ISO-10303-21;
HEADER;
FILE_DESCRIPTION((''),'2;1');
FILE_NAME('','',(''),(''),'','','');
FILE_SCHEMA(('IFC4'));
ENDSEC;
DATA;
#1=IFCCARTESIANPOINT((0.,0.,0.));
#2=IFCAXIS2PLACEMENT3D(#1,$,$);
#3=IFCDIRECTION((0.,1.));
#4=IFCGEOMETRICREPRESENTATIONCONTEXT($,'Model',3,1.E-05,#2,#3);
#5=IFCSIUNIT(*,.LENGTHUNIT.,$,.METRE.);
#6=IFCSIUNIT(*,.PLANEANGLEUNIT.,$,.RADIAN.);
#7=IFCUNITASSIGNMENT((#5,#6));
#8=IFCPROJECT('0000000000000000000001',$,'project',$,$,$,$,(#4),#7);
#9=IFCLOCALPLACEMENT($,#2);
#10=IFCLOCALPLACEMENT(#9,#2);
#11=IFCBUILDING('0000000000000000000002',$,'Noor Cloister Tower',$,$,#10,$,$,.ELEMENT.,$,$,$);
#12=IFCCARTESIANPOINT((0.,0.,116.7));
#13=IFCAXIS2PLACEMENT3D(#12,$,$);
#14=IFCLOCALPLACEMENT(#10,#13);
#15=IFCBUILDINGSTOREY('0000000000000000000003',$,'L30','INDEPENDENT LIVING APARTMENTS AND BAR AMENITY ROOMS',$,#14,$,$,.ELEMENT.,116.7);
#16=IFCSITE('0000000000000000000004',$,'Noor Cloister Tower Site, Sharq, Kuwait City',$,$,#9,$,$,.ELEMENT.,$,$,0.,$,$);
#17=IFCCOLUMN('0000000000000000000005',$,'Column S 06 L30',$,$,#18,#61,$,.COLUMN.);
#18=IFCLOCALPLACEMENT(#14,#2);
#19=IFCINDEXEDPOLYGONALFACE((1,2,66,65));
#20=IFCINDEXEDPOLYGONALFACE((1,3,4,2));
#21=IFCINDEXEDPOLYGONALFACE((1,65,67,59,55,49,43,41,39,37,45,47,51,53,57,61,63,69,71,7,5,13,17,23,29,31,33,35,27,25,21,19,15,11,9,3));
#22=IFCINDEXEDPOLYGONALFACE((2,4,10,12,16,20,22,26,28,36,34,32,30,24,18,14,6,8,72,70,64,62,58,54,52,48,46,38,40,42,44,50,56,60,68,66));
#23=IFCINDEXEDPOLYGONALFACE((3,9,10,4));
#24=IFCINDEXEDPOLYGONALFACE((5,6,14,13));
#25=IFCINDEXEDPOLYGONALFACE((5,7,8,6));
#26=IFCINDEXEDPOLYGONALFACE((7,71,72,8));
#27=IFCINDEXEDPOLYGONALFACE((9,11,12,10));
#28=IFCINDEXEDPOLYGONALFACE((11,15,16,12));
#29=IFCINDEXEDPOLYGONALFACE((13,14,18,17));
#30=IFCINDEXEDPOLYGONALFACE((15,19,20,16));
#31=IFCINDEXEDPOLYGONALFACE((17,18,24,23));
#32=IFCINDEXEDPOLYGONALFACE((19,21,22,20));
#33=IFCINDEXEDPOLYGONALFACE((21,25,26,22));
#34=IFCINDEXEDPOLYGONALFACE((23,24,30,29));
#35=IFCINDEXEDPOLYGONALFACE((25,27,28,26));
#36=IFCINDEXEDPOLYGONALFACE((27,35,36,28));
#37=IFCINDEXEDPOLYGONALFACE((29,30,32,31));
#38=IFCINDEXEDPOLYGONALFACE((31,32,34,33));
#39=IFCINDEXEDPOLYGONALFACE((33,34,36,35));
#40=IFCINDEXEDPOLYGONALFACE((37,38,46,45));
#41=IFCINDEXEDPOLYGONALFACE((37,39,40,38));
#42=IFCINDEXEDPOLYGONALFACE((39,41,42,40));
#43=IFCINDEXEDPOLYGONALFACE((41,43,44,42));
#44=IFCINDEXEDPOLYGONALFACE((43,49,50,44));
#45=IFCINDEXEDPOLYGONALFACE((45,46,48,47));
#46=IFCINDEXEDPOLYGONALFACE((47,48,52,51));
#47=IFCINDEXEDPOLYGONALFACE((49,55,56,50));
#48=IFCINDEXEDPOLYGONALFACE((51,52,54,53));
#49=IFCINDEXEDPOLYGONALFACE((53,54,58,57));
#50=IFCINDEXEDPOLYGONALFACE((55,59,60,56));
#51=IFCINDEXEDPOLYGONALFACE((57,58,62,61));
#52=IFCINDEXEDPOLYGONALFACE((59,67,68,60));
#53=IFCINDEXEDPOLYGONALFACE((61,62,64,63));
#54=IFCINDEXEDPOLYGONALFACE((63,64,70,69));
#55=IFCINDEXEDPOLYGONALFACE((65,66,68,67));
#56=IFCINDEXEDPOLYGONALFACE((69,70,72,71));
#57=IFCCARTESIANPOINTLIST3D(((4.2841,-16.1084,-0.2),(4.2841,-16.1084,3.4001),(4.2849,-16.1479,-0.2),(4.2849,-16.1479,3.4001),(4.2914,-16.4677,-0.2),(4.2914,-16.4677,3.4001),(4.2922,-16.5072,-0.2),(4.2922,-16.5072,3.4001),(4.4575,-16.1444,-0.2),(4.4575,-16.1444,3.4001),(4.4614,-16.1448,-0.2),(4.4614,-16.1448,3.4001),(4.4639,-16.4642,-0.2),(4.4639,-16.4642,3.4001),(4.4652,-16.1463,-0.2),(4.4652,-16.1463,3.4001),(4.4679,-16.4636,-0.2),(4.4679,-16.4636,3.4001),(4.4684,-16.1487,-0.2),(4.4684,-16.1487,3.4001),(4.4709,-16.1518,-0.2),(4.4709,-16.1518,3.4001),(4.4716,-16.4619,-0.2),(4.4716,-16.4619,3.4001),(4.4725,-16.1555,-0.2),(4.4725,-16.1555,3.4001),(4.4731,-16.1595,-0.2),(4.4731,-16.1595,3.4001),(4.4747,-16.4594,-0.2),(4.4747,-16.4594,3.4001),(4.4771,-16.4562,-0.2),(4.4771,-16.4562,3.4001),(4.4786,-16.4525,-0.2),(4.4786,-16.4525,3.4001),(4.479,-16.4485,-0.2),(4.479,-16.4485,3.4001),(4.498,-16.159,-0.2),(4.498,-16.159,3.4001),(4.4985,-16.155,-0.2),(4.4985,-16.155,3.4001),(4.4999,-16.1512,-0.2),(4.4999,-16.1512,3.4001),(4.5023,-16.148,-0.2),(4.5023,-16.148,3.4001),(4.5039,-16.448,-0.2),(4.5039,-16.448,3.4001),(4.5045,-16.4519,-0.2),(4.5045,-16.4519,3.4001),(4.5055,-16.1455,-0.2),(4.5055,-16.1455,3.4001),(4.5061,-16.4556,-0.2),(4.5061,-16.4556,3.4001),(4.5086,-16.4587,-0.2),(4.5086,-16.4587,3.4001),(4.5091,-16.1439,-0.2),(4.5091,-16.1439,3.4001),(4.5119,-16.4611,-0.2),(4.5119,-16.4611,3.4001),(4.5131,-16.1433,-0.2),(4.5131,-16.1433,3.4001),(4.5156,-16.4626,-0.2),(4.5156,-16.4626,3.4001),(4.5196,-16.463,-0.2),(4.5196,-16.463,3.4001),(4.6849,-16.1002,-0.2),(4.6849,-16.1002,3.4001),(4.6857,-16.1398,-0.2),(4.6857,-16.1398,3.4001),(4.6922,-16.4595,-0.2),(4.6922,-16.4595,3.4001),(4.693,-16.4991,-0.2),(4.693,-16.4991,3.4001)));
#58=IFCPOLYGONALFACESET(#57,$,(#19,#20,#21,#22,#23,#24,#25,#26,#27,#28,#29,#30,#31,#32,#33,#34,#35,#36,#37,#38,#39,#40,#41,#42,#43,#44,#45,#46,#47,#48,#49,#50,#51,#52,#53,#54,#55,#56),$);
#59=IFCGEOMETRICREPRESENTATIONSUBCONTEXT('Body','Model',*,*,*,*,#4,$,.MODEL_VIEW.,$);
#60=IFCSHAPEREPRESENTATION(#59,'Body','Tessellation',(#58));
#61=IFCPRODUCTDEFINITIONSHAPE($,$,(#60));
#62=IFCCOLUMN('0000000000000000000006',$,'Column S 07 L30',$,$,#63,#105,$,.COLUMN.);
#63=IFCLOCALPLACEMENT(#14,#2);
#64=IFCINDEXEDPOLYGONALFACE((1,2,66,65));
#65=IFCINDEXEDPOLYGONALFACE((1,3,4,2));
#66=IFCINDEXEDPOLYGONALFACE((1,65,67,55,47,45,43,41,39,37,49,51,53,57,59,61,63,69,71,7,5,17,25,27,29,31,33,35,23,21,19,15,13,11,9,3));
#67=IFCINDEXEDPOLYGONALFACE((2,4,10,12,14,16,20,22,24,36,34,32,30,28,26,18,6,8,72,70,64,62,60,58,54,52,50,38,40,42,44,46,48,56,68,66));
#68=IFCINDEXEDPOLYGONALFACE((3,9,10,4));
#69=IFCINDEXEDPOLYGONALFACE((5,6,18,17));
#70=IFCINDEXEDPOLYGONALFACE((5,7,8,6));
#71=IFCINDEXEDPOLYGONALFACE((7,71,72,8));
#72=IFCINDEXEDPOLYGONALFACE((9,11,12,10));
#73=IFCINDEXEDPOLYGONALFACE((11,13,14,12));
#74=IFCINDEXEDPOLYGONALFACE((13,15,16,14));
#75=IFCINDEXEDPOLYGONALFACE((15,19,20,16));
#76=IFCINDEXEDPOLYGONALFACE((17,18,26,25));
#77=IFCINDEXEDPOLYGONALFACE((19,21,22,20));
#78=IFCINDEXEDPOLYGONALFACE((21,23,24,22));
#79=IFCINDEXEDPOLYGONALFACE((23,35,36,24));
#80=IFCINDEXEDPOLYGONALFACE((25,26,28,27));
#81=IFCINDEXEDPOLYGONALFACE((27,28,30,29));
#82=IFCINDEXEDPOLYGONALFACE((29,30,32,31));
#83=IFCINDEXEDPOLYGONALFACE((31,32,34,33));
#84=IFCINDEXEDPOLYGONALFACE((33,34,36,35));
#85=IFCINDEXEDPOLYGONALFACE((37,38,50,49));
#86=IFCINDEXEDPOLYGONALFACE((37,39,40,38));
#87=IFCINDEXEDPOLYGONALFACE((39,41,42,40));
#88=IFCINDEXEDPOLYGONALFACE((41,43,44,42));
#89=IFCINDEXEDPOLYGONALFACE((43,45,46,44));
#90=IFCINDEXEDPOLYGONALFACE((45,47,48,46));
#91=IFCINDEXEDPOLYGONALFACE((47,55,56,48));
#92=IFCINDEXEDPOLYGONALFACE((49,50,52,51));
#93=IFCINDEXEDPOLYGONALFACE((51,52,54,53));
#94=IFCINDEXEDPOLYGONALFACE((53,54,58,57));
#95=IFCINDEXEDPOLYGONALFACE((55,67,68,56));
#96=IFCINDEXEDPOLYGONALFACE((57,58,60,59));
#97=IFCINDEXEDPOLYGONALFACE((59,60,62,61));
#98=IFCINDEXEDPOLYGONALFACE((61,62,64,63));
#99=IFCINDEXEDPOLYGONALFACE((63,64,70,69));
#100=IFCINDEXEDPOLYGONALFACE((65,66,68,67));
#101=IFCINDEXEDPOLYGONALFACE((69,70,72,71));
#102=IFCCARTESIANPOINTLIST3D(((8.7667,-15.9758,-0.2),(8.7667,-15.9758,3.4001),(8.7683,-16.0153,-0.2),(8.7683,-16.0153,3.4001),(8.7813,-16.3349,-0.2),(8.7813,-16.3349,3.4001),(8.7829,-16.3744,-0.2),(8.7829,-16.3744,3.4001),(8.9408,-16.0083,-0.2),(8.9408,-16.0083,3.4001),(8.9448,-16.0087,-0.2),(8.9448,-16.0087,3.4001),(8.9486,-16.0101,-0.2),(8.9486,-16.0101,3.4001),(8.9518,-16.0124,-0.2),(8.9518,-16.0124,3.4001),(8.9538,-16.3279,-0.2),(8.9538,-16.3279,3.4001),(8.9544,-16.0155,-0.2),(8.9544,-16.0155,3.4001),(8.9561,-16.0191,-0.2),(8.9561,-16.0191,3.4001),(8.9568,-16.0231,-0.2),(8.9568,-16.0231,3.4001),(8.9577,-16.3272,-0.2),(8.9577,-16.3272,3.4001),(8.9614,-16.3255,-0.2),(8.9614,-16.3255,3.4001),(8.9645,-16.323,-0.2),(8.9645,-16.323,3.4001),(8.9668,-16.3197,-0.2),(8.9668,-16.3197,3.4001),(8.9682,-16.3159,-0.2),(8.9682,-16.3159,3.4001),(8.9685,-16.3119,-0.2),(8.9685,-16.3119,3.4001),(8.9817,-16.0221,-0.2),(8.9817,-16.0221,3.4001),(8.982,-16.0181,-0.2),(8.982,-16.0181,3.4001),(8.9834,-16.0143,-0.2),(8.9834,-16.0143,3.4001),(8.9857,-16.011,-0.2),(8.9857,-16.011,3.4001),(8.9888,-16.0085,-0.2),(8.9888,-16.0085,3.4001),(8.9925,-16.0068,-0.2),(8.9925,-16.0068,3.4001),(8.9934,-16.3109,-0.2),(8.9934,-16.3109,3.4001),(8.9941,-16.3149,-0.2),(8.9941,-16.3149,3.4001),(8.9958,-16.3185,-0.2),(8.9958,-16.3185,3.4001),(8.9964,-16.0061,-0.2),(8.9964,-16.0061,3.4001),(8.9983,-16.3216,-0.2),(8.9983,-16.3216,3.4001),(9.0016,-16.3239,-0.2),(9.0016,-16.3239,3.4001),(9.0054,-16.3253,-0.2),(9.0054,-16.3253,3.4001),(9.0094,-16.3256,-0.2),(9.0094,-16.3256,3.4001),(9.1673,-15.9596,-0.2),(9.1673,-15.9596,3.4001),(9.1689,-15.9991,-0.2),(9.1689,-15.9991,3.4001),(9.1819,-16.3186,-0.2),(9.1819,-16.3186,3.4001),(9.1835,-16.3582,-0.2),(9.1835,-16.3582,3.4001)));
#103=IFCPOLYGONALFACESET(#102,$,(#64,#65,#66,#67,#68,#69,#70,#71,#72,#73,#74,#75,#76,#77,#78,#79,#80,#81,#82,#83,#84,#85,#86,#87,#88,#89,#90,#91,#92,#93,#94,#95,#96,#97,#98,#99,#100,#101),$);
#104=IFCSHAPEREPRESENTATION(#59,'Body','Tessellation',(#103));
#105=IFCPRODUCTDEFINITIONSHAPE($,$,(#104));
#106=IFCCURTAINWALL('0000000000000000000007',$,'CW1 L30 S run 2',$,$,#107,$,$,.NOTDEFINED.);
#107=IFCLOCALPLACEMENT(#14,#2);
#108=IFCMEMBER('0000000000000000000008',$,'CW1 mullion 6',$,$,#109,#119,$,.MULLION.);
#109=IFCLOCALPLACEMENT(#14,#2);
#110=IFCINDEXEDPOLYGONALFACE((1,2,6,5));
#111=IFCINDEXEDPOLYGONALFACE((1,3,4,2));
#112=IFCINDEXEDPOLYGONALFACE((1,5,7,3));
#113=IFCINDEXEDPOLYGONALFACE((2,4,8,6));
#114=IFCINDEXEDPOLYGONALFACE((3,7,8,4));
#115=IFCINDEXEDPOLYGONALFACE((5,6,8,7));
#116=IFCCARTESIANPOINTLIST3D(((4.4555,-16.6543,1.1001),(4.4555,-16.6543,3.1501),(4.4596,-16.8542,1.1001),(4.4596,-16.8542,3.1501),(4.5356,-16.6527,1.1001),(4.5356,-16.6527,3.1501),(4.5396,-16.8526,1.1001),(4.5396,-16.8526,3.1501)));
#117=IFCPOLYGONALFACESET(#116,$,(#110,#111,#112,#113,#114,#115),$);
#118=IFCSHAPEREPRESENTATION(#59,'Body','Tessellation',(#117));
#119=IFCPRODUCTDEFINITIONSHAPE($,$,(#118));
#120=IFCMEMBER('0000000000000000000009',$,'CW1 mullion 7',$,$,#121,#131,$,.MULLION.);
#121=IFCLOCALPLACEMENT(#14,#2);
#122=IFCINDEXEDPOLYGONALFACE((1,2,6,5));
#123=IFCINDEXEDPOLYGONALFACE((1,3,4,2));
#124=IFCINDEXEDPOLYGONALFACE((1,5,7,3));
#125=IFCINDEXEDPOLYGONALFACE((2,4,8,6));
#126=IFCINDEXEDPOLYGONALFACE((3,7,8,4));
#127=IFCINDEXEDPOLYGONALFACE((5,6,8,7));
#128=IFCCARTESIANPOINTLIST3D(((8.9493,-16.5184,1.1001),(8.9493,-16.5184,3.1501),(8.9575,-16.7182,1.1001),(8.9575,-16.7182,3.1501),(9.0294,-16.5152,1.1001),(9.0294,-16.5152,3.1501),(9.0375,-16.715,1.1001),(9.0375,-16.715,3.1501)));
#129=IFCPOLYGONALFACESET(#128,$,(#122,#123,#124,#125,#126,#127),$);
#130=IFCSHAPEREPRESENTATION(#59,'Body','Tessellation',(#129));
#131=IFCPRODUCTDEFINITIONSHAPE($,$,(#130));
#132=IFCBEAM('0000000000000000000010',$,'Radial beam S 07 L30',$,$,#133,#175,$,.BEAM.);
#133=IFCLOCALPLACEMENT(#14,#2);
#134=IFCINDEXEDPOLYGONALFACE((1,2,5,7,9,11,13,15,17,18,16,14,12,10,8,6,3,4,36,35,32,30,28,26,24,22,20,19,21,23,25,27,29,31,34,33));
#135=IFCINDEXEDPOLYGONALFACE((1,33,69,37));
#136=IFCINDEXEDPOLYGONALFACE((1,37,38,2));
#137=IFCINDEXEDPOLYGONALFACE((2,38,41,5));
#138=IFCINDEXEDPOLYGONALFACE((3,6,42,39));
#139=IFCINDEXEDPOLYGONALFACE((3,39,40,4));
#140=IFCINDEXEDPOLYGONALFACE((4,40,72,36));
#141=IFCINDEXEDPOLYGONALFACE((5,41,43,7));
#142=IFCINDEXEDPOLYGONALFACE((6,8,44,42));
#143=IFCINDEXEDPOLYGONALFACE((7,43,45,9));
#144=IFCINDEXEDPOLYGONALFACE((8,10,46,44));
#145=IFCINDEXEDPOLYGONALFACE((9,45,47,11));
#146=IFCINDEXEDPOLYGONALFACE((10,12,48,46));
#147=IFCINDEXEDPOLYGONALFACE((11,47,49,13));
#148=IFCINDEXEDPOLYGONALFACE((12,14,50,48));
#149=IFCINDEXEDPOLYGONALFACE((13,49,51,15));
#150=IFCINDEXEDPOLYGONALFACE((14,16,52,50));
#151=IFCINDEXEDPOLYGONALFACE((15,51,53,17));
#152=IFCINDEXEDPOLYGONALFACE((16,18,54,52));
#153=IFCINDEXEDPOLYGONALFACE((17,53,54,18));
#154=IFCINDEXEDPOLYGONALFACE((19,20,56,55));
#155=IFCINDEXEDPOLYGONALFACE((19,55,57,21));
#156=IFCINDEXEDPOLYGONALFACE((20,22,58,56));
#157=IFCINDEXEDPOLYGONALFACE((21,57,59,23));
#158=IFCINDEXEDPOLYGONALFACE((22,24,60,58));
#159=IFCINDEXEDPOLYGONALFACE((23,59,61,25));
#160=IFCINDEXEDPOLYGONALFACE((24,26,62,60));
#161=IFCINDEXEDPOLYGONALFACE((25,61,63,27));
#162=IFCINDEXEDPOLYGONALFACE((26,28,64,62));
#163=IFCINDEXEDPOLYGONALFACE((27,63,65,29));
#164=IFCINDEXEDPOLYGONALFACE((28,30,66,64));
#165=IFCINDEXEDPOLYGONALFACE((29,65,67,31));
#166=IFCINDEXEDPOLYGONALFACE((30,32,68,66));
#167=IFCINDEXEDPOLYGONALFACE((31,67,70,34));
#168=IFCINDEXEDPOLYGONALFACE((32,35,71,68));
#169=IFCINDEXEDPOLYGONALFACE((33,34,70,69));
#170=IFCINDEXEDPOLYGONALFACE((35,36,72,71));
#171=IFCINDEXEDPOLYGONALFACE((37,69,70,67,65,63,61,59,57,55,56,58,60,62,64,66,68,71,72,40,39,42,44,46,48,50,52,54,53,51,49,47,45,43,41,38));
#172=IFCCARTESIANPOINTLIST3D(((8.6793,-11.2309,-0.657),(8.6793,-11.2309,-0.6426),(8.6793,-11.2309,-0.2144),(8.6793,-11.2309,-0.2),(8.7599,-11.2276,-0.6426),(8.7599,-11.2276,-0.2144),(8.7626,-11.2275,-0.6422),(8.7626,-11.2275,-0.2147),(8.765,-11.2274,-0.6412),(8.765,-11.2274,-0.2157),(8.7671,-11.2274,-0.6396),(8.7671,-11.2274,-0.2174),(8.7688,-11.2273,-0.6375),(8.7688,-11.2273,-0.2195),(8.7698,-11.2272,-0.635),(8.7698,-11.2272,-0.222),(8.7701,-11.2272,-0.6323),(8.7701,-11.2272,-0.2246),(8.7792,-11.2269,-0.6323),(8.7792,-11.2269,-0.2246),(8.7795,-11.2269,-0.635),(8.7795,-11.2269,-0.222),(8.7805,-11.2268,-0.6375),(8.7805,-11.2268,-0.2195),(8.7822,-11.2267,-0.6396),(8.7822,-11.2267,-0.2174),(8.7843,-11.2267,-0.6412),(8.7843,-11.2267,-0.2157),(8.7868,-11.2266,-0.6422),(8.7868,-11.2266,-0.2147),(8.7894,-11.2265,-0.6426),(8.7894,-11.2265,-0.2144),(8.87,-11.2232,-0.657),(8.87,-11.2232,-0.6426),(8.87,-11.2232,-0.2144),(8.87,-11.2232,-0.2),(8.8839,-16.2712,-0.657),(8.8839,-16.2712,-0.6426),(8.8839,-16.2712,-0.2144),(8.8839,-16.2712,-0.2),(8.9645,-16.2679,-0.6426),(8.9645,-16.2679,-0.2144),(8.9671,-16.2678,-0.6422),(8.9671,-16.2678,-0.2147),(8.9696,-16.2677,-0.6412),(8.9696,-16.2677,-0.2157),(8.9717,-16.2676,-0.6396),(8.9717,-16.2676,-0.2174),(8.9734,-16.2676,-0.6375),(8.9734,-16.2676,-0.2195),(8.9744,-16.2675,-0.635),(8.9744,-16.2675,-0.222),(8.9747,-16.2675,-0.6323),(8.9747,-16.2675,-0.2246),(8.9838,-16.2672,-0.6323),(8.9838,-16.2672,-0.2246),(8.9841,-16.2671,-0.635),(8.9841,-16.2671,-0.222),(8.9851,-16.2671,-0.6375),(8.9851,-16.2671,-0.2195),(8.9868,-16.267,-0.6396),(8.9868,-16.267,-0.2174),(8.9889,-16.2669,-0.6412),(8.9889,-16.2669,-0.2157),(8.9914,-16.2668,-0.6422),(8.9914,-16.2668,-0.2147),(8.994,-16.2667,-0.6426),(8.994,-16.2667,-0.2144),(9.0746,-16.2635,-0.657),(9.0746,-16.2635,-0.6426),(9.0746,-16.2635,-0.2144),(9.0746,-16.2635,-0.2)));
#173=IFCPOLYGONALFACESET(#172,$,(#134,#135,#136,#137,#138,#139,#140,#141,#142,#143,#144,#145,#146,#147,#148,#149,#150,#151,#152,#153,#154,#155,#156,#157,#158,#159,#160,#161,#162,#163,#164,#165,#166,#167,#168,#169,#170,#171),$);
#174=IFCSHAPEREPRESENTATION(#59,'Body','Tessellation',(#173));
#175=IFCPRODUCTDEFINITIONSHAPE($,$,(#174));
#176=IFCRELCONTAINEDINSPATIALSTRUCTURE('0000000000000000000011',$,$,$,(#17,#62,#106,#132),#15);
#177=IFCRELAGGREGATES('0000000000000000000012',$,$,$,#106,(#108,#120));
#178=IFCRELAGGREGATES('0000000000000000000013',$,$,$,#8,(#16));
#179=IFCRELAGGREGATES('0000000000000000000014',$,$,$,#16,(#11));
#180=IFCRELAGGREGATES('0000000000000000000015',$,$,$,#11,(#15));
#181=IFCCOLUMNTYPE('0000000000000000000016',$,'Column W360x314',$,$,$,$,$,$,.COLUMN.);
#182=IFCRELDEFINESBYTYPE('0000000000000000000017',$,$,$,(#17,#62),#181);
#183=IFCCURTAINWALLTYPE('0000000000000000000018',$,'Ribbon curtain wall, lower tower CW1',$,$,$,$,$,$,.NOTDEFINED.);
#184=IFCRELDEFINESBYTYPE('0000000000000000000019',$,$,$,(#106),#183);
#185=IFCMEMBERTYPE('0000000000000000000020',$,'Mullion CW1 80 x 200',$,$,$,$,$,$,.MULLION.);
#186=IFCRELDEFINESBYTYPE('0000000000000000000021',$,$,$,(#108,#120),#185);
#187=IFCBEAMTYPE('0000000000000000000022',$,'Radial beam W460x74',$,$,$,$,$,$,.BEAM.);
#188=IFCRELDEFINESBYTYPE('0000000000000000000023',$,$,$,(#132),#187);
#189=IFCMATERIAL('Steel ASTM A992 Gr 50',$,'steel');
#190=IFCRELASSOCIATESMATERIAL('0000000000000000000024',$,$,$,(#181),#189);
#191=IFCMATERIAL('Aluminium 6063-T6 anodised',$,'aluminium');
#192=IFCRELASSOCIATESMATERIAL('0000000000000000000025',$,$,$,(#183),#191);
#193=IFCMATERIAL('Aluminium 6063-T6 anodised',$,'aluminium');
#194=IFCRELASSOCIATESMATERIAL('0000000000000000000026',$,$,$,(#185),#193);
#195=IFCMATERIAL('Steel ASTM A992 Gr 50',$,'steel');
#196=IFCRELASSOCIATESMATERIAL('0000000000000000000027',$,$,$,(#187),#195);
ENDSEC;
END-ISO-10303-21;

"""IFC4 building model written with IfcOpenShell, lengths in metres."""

from ifc_helpers import new_model, si_unit, direction, frame, origin, origin_2d, place, context, subcontext, project, spatial, rectangle, i_section, extrude, material, material_profile, profile_set, type_object, element, aggregate, save


model = new_model("IFC4")

# Units and contexts
model_context = context("Model", 3, precision=1e-05, world=origin(), true_north=direction((0.0, 1.0)))
body_context = subcontext(model_context, "Body", "Model", "MODEL_VIEW")
ifc_project = project(units=[si_unit("LENGTHUNIT", "METRE"), si_unit("PLANEANGLEUNIT", "RADIAN")], contexts=[model_context])

# Site, building, storey
site_placement = place(None, origin())
site = spatial("IfcSite", under=ifc_project, at=site_placement, Name="Noor Cloister Tower Site, Sharq, Kuwait City", CompositionType="ELEMENT", RefElevation=0.0)
building_placement = place(site_placement, origin())
building = spatial("IfcBuilding", under=site, at=building_placement, Name="Noor Cloister Tower", CompositionType="ELEMENT")
storey_placement = place(building_placement, frame((0.0, 0.0, 116.7)))
storey = spatial("IfcBuildingStorey", under=building, at=storey_placement, Name="L30", Description="INDEPENDENT LIVING APARTMENTS AND BAR AMENITY ROOMS", CompositionType="ELEMENT", Elevation=116.7)

# Columns
ifc_material_1 = material(Name="Steel ASTM A992 Gr 50", Category="steel")
ifc_material_profile_1 = material_profile(ifc_material_1, i_section(OverallWidth=0.4009, OverallDepth=0.3989, WebThickness=0.0249, FlangeThickness=0.0396, FilletRadius=0.0154, at=origin_2d()), Name="W360x314")
ifc_profile_set_1 = profile_set([ifc_material_profile_1], Name="Steel ASTM A992 Gr 50")
column_type = type_object("IfcColumnType", Name="Column W360x314", PredefinedType="COLUMN", material=ifc_profile_set_1)
for number, where, z_axis, x_axis, name in (
    (1, (4.4885, -16.3037, -0.2), (0.0, 0.0, 1.0), (0.999794, 0.020293, 0.0), "Column S 06 L30"),
    (2, (8.9751, -16.167, -0.2), (0.0, 0.0, 1.0), (0.999176, 0.040578, 0.0), "Column S 07 L30"),
):
    element("IfcColumn", number, at=place(storey_placement, frame(where, z_axis=z_axis, x_axis=x_axis)), inside=storey, type_object=column_type, Name=name, PredefinedType="COLUMN", context=body_context, shape_type="SweptSolid", body=[
        extrude(i_section(OverallWidth=0.4009, OverallDepth=0.3989, WebThickness=0.0249, FlangeThickness=0.0396, FilletRadius=0.0154, at=origin_2d()), origin(), (0.0, 0.0, 1.0), 3.6001),
    ])

# Curtain wall, members
ifc_material_2 = material(Name="Aluminium 6063-T6 anodised", Category="aluminium")
curtain_wall_type = type_object("IfcCurtainWallType", Name="Ribbon curtain wall, lower tower CW1", PredefinedType="NOTDEFINED", material=ifc_material_2)
curtain_wall_placement = place(storey_placement, origin())
curtain_wall = element("IfcCurtainWall", 3, at=curtain_wall_placement, inside=storey, type_object=curtain_wall_type, Name="CW1 L30 S run 2", PredefinedType="NOTDEFINED")
ifc_material_3 = material(Name="Aluminium 6063-T6 anodised", Category="aluminium")
ifc_material_profile_2 = material_profile(ifc_material_3, rectangle(XDim=0.2, YDim=0.0801, at=origin_2d()), Name="200 x 80 mullion")
ifc_profile_set_2 = profile_set([ifc_material_profile_2], Name="Aluminium 6063-T6 anodised")
member_type = type_object("IfcMemberType", Name="Mullion CW1 80 x 200", PredefinedType="MULLION", material=ifc_profile_set_2)
member_1_placement = place(storey_placement, frame((4.4976, -16.7534, 1.1001), z_axis=(0.0, 0.0, 1.0), x_axis=(-0.020293, 0.999794, 0.0)))
member_1 = element("IfcMember", 4, at=member_1_placement, type_object=member_type, Name="CW1 mullion 6", PredefinedType="MULLION", context=body_context, shape_type="SweptSolid", body=[
    extrude(rectangle(XDim=0.2, YDim=0.0801, at=origin_2d()), origin(), (0.0, 0.0, 1.0), 2.05),
])
member_2_placement = place(storey_placement, frame((8.9934, -16.6167, 1.1001), z_axis=(0.0, 0.0, 1.0), x_axis=(-0.040578, 0.999176, 0.0)))
member_2 = element("IfcMember", 5, at=member_2_placement, type_object=member_type, Name="CW1 mullion 7", PredefinedType="MULLION", context=body_context, shape_type="SweptSolid", body=[
    extrude(rectangle(XDim=0.2, YDim=0.0801, at=origin_2d()), origin(), (0.0, 0.0, 1.0), 2.05),
])

# Beam
ifc_material_4 = material(Name="Steel ASTM A992 Gr 50", Category="steel")
ifc_material_profile_3 = material_profile(ifc_material_4, i_section(OverallWidth=0.1909, OverallDepth=0.457, WebThickness=0.009, FlangeThickness=0.0144, FilletRadius=0.0103, at=origin_2d()), Name="W460x74")
ifc_profile_set_3 = profile_set([ifc_material_profile_3], Name="Steel ASTM A992 Gr 50")
beam_type_1 = type_object("IfcBeamType", Name="Radial beam W460x74", PredefinedType="BEAM", material=ifc_profile_set_3)
beam_1_placement = place(storey_placement, frame((8.9792, -16.2673, -0.4285), z_axis=(-0.040558, 0.999177, 0.0), x_axis=(-0.999177, -0.040558, 0.0)))
element("IfcBeam", 6, at=beam_1_placement, inside=storey, type_object=beam_type_1, Name="Radial beam S 07 L30", PredefinedType="BEAM", context=body_context, shape_type="SweptSolid", body=[
    extrude(i_section(OverallWidth=0.1909, OverallDepth=0.457, WebThickness=0.009, FlangeThickness=0.0144, FilletRadius=0.0103, at=origin_2d()), origin(), (0.0, 0.0, 1.0), 5.0444),
])

aggregate(curtain_wall, [member_1, member_2])

save(model, "model.ifc")
